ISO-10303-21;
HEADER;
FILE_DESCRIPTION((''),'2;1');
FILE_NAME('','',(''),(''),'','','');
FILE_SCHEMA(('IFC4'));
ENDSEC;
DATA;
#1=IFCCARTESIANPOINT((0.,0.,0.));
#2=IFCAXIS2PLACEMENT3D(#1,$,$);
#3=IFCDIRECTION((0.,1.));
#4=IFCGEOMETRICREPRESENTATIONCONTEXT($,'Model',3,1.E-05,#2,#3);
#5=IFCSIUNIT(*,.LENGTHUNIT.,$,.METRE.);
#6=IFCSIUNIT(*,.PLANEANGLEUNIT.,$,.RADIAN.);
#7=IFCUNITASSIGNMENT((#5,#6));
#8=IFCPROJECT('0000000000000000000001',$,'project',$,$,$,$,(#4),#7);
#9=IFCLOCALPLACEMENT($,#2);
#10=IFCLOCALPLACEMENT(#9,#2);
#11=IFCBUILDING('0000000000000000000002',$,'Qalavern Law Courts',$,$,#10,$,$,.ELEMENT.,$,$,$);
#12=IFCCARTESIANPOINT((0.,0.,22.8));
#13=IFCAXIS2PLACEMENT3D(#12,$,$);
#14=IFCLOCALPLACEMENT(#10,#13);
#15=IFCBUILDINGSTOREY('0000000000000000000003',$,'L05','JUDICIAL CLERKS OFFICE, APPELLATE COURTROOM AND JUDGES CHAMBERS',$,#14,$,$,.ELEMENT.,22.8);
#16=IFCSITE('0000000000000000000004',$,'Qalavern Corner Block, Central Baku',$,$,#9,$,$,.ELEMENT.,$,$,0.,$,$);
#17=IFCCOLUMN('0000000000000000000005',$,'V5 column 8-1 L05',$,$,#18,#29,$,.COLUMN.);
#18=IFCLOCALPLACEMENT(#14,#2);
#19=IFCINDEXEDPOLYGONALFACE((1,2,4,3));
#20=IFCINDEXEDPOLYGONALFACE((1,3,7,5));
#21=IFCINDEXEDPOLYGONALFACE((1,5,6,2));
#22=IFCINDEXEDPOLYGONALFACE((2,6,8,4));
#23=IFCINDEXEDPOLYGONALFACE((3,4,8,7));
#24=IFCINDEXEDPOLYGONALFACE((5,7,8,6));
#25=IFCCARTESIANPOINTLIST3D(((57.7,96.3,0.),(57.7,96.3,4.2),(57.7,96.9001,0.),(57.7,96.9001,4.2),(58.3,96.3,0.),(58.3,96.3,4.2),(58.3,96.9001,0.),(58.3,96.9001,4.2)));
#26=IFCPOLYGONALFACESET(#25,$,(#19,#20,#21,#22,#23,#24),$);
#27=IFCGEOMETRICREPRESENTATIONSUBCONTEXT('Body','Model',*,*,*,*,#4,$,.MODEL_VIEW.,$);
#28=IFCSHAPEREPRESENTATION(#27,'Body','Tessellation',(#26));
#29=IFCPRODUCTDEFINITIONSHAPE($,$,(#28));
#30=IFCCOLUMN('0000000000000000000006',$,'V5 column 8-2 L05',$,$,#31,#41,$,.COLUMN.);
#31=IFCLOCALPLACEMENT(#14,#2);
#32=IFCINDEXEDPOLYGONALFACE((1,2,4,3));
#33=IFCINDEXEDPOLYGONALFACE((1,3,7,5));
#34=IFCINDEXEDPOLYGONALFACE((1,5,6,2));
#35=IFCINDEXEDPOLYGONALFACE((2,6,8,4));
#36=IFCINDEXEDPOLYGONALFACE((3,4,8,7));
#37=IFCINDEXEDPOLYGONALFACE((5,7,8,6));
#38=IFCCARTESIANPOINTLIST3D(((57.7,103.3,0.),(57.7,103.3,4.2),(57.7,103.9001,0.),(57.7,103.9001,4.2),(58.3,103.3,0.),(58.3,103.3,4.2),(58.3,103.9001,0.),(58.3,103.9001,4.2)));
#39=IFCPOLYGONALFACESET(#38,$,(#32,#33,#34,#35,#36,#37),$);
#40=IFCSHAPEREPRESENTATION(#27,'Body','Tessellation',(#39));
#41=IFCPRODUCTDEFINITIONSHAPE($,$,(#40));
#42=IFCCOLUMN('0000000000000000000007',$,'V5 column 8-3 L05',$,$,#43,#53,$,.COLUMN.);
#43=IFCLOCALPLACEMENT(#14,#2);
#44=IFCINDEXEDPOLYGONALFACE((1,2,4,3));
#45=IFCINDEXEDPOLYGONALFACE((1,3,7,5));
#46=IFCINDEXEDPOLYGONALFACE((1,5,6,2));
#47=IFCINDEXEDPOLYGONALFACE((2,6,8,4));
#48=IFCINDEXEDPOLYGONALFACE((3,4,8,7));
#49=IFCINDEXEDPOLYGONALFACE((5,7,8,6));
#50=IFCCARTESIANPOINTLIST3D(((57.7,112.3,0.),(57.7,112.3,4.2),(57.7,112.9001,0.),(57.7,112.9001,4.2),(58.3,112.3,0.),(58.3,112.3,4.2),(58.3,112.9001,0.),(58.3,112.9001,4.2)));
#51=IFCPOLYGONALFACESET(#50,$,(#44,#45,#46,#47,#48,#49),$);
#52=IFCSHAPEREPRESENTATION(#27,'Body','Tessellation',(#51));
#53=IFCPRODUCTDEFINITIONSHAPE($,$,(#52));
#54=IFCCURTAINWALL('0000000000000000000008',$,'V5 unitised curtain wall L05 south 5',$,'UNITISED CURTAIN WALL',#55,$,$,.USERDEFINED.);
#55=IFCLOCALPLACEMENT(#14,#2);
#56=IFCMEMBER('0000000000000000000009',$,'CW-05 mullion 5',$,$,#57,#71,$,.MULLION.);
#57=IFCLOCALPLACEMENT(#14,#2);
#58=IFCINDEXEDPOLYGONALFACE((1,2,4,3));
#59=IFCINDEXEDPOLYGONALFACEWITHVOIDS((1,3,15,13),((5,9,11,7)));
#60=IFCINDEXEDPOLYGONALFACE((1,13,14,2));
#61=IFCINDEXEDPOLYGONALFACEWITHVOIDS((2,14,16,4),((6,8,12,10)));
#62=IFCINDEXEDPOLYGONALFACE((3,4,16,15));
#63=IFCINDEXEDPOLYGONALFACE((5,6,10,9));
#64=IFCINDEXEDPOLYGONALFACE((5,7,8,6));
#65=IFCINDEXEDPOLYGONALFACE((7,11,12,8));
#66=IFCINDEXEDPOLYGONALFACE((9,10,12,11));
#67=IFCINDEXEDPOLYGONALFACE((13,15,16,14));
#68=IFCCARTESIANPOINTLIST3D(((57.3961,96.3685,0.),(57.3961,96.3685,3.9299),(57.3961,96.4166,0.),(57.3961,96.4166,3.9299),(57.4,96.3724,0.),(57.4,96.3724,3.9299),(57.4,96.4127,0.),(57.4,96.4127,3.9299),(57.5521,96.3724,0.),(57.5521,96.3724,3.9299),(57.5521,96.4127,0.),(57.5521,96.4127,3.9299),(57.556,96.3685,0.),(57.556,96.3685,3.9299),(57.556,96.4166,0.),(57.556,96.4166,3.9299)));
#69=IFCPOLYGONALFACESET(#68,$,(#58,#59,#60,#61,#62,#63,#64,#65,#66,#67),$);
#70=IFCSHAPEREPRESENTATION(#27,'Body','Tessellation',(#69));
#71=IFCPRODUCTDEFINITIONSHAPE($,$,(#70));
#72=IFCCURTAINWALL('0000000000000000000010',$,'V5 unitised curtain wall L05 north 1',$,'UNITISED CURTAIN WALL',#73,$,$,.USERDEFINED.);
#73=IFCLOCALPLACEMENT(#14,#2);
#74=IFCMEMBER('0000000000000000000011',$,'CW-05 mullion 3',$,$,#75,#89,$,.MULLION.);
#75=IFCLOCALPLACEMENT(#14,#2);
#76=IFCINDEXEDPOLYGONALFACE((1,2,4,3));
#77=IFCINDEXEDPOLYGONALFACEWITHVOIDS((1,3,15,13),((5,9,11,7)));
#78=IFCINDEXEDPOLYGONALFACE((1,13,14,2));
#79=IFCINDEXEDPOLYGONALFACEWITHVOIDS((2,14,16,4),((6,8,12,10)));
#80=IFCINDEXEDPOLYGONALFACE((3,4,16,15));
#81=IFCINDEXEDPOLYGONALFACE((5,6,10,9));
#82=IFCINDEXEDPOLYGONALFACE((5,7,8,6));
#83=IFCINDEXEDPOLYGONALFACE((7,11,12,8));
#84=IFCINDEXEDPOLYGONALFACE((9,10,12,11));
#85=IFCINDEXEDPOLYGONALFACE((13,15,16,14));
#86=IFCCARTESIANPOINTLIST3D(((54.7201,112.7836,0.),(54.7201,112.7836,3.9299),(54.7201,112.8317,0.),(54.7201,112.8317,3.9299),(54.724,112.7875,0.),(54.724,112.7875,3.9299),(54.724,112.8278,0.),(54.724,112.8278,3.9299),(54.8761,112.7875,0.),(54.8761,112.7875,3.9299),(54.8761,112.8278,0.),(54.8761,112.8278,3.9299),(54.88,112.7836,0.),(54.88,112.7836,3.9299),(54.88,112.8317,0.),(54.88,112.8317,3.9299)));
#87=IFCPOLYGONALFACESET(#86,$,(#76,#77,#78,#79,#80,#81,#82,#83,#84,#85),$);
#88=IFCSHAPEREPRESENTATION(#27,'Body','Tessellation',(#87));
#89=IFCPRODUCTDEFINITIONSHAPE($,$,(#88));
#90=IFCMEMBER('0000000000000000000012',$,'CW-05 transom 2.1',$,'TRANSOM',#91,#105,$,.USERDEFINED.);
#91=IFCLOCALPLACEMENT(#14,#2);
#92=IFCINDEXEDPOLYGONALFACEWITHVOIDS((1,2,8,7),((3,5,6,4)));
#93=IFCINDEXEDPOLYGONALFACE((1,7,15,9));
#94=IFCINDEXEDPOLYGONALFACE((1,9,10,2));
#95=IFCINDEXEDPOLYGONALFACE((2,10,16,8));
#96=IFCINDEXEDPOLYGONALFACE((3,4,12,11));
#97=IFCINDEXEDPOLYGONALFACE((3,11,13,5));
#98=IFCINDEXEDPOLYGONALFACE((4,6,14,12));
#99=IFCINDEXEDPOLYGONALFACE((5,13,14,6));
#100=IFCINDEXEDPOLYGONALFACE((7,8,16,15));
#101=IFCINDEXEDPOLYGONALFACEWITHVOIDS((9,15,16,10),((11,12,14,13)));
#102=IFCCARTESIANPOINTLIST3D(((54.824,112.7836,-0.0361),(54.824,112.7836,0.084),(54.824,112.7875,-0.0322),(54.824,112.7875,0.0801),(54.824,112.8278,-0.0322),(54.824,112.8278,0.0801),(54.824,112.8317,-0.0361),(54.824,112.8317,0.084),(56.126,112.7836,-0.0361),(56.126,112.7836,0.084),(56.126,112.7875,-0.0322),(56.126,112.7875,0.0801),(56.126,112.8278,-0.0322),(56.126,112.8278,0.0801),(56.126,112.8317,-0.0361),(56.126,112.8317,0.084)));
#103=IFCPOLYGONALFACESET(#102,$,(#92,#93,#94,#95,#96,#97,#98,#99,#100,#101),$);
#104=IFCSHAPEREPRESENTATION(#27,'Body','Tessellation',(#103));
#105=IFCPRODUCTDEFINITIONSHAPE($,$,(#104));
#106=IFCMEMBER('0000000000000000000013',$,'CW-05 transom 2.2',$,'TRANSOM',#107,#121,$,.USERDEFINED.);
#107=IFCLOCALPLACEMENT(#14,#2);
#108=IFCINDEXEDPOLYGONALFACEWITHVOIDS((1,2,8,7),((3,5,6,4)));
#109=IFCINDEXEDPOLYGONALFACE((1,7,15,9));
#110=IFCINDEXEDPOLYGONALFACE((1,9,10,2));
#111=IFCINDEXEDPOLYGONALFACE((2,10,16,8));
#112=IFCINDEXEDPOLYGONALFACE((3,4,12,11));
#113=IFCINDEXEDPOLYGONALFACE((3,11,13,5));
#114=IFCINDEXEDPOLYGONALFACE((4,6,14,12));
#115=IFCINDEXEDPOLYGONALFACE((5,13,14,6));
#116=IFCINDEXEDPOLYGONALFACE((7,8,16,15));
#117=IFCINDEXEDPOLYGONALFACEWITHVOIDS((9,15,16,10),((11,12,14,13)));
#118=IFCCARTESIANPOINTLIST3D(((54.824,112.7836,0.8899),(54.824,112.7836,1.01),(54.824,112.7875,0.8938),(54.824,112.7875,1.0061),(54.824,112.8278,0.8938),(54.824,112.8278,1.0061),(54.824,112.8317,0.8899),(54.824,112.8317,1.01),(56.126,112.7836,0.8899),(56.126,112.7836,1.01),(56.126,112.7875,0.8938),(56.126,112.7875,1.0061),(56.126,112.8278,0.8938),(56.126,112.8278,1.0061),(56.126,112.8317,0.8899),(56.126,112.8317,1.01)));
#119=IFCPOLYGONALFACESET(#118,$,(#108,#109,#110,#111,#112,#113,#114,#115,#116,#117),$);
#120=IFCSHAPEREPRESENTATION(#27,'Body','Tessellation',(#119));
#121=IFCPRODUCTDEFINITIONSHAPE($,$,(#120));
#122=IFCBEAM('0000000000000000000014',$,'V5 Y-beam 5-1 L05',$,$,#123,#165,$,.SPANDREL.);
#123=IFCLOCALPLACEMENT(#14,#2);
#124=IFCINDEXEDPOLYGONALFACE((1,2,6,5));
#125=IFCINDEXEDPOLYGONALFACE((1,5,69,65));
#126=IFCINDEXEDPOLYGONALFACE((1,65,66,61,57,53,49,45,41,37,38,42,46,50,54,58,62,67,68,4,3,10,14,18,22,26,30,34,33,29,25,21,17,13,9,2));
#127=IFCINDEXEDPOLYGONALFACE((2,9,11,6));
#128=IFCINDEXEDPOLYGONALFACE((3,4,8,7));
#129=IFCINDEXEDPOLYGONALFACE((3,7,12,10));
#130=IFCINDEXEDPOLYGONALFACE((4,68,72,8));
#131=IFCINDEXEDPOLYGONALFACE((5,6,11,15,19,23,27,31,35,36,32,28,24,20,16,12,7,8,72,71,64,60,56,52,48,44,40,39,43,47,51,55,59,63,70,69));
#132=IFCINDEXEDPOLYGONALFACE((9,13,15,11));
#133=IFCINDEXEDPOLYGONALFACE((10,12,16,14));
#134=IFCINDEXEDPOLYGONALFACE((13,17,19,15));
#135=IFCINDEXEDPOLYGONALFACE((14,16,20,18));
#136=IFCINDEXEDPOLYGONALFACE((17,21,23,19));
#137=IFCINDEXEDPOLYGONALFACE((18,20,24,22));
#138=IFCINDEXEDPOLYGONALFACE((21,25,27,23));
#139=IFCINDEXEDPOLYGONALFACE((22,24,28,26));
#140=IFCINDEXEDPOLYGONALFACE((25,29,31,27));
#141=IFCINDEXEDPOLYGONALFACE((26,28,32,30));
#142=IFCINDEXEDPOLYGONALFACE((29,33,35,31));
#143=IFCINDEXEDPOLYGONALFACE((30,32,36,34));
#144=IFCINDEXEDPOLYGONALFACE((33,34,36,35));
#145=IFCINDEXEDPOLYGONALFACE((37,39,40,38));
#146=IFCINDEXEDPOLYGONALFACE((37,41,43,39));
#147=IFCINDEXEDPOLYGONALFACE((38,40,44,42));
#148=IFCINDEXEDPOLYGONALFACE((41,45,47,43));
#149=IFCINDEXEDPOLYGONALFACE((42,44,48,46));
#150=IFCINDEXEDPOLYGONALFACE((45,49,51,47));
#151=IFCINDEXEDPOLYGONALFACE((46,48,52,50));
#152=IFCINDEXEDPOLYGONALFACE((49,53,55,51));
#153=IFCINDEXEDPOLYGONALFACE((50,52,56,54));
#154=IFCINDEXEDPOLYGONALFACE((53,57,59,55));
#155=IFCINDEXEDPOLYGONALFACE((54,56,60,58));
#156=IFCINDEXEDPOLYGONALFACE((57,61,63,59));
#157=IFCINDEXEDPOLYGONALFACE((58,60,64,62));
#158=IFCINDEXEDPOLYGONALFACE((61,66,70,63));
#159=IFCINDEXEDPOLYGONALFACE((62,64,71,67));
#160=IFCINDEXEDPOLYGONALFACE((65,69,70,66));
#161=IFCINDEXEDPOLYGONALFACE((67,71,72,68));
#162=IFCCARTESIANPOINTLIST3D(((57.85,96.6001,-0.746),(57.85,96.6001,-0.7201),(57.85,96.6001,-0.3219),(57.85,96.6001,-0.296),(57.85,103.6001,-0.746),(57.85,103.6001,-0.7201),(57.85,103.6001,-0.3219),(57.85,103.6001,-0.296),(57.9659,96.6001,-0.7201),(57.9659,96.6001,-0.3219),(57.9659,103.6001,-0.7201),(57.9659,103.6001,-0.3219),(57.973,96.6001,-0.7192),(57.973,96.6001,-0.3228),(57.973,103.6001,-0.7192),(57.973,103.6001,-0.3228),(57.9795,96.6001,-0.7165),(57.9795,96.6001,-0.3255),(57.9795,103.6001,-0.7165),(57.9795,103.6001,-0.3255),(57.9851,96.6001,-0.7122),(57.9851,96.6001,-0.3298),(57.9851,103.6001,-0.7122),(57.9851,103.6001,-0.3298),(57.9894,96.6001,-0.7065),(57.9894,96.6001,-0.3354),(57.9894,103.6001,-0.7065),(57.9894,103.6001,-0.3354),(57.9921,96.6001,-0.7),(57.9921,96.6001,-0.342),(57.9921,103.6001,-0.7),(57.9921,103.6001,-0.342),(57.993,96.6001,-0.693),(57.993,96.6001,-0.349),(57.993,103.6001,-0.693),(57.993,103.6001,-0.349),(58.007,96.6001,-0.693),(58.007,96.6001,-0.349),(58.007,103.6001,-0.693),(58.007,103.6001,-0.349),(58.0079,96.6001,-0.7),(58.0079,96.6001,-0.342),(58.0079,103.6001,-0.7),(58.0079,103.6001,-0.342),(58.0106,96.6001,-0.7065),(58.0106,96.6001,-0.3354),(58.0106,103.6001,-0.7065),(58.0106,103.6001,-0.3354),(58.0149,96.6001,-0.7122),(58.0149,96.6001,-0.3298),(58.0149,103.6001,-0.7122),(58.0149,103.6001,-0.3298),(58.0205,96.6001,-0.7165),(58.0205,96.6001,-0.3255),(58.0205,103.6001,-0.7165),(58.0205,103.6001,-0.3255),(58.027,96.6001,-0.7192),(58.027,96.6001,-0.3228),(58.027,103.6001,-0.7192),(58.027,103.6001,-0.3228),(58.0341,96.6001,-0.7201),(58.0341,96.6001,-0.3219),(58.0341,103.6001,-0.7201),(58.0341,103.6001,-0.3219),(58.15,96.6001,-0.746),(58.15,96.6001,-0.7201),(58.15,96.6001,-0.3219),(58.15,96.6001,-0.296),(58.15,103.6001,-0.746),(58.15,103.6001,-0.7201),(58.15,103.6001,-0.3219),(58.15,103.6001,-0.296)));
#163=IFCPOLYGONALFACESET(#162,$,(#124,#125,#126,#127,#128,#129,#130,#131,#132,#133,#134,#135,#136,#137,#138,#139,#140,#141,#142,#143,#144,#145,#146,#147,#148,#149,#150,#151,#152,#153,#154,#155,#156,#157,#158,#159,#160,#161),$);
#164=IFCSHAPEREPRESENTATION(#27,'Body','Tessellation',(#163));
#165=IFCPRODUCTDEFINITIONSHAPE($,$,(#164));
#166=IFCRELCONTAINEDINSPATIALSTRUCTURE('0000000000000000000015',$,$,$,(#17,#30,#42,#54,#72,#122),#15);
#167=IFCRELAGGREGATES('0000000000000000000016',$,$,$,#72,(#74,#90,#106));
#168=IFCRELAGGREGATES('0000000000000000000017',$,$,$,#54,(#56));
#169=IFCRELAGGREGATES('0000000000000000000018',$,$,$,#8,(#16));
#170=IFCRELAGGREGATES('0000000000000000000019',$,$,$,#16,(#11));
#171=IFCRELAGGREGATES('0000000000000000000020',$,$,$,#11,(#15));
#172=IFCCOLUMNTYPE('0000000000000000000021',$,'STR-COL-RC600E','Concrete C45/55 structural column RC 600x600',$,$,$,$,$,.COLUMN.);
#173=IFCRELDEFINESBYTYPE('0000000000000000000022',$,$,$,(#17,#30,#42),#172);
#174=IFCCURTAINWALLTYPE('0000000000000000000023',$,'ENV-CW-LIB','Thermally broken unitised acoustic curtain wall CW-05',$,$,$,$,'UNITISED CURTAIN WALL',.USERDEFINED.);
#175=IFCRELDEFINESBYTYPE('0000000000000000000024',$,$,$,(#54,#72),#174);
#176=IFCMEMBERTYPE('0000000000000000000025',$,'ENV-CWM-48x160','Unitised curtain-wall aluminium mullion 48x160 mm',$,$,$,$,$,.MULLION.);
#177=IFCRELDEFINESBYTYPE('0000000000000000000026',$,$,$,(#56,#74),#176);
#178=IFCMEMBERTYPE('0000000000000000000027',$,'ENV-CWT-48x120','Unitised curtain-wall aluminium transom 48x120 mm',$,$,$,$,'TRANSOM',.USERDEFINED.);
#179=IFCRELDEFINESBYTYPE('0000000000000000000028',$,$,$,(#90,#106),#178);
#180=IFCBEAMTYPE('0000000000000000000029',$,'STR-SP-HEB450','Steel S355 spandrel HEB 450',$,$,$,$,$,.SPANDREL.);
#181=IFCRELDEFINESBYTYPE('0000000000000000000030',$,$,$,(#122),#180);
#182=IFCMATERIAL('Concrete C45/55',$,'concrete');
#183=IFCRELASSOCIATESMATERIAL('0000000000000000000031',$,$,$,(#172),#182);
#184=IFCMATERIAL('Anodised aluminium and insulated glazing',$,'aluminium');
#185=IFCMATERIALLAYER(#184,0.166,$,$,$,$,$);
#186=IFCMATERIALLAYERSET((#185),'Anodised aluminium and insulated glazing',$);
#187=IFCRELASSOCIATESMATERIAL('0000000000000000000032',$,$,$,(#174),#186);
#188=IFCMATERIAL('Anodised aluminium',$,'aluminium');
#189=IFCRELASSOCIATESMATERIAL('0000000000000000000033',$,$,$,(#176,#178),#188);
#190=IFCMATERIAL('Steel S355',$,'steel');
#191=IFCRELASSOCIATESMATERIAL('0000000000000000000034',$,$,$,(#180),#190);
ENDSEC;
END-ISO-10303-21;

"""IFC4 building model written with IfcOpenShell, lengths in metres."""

from ifc_helpers import new_model, si_unit, direction, frame, origin, origin_2d, place, context, subcontext, project, spatial, rectangle, hollow_rectangle, i_section, extrude, material, layer, layer_set, material_profile, profile_set, type_object, element, aggregate, save


model = new_model("IFC4")

# Units and contexts
model_context = context("Model", 3, precision=1e-05, world=origin(), true_north=direction((0.0, 1.0)))
body_context = subcontext(model_context, "Body", "Model", "MODEL_VIEW")
ifc_project = project(units=[si_unit("LENGTHUNIT", "METRE"), si_unit("PLANEANGLEUNIT", "RADIAN")], contexts=[model_context])

# Site, building, storey
site_placement = place(None, origin())
site = spatial("IfcSite", under=ifc_project, at=site_placement, Name="Qalavern Corner Block, Central Baku", CompositionType="ELEMENT", RefElevation=0.0)
building_placement = place(site_placement, origin())
building = spatial("IfcBuilding", under=site, at=building_placement, Name="Qalavern Law Courts", CompositionType="ELEMENT")
storey_placement = place(building_placement, frame((0.0, 0.0, 22.8)))
storey = spatial("IfcBuildingStorey", under=building, at=storey_placement, Name="L05", Description="JUDICIAL CLERKS OFFICE, APPELLATE COURTROOM AND JUDGES CHAMBERS", CompositionType="ELEMENT", Elevation=22.8)

# Columns
ifc_material_1 = material(Name="Concrete C45/55", Category="concrete")
ifc_material_profile_1 = material_profile(ifc_material_1, rectangle(XDim=0.6001, YDim=0.6001, at=origin_2d()), Name="RC 600x600")
ifc_profile_set_1 = profile_set([ifc_material_profile_1], Name="Concrete C45/55")
column_type = type_object("IfcColumnType", Name="STR-COL-RC600E", Description="Concrete C45/55 structural column RC 600x600", PredefinedType="COLUMN", material=ifc_profile_set_1)
for number, where, z_axis, x_axis, name in (
    (1, (58.0, 96.6001, 0.0), (0.0, 0.0, 1.0), (1.0, 0.0, 0.0), "V5 column 8-1 L05"),
    (2, (58.0, 103.6001, 0.0), (0.0, 0.0, 1.0), (1.0, 0.0, 0.0), "V5 column 8-2 L05"),
    (3, (58.0, 112.6001, 0.0), (0.0, 0.0, 1.0), (1.0, 0.0, 0.0), "V5 column 8-3 L05"),
):
    element("IfcColumn", number, at=place(storey_placement, frame(where, z_axis=z_axis, x_axis=x_axis)), inside=storey, type_object=column_type, Name=name, PredefinedType="COLUMN", context=body_context, shape_type="SweptSolid", body=[
        extrude(rectangle(XDim=0.6001, YDim=0.6001, at=origin_2d()), origin(), (0.0, 0.0, 1.0), 4.2),
    ])

# Curtain wall, member
ifc_material_2 = material(Name="Anodised aluminium and insulated glazing", Category="aluminium")
ifc_layer_1 = layer(ifc_material_2, 0.166)
ifc_layer_set_1 = layer_set([ifc_layer_1], Name="Anodised aluminium and insulated glazing")
curtain_wall_type = type_object("IfcCurtainWallType", Name="ENV-CW-LIB", Description="Thermally broken unitised acoustic curtain wall CW-05", ElementType="UNITISED CURTAIN WALL", PredefinedType="USERDEFINED", material=ifc_layer_set_1)
curtain_wall_1_placement = place(storey_placement, origin())
curtain_wall_1 = element("IfcCurtainWall", 4, at=curtain_wall_1_placement, inside=storey, type_object=curtain_wall_type, Name="V5 unitised curtain wall L05 south 5", ObjectType="UNITISED CURTAIN WALL", PredefinedType="USERDEFINED")
ifc_material_3 = material(Name="Anodised aluminium", Category="aluminium")
ifc_material_profile_2 = material_profile(ifc_material_3, hollow_rectangle(XDim=0.0481, YDim=0.1599, WallThickness=0.0039, at=origin_2d()), Name="ALU MULLION 48x160")
ifc_profile_set_2 = profile_set([ifc_material_profile_2], Name="Anodised aluminium")
member_type_1 = type_object("IfcMemberType", Name="ENV-CWM-48x160", Description="Unitised curtain-wall aluminium mullion 48x160 mm", PredefinedType="MULLION", material=ifc_profile_set_2)
member_1_placement = place(storey_placement, frame((57.4761, 96.3926, 0.0), z_axis=(0.0, 0.0, 1.0), x_axis=(0.0, 1.0, 0.0)))
member_1 = element("IfcMember", 5, at=member_1_placement, type_object=member_type_1, Name="CW-05 mullion 5", PredefinedType="MULLION", context=body_context, shape_type="SweptSolid", body=[
    extrude(hollow_rectangle(XDim=0.0481, YDim=0.1599, WallThickness=0.0039, at=origin_2d()), origin(), (0.0, 0.0, 1.0), 3.9299),
])

# Curtain wall, members
curtain_wall_2_placement = place(storey_placement, origin())
curtain_wall_2 = element("IfcCurtainWall", 6, at=curtain_wall_2_placement, inside=storey, type_object=curtain_wall_type, Name="V5 unitised curtain wall L05 north 1", ObjectType="UNITISED CURTAIN WALL", PredefinedType="USERDEFINED")
member_2_placement = place(storey_placement, frame((54.8, 112.8076, 0.0), z_axis=(0.0, 0.0, 1.0), x_axis=(0.0, -1.0, 0.0)))
member_2 = element("IfcMember", 7, at=member_2_placement, type_object=member_type_1, Name="CW-05 mullion 3", PredefinedType="MULLION", context=body_context, shape_type="SweptSolid", body=[
    extrude(hollow_rectangle(XDim=0.0481, YDim=0.1599, WallThickness=0.0039, at=origin_2d()), origin(), (0.0, 0.0, 1.0), 3.9299),
])
ifc_material_profile_3 = material_profile(ifc_material_3, hollow_rectangle(XDim=0.0481, YDim=0.1201, WallThickness=0.0039, at=origin_2d()), Name="ALU TRANSOM 48x120")
ifc_profile_set_3 = profile_set([ifc_material_profile_3], Name="Anodised aluminium")
member_type_2 = type_object("IfcMemberType", Name="ENV-CWT-48x120", Description="Unitised curtain-wall aluminium transom 48x120 mm", ElementType="TRANSOM", PredefinedType="USERDEFINED", material=ifc_profile_set_3)
member_3_placement = place(storey_placement, frame((56.126, 112.8076, 0.0239), z_axis=(-1.0, 0.0, 0.0), x_axis=(0.0, -1.0, 0.0)))
member_3 = element("IfcMember", 8, at=member_3_placement, type_object=member_type_2, Name="CW-05 transom 2.1", ObjectType="TRANSOM", PredefinedType="USERDEFINED", context=body_context, shape_type="SweptSolid", body=[
    extrude(hollow_rectangle(XDim=0.0481, YDim=0.1201, WallThickness=0.0039, at=origin_2d()), origin(), (0.0, 0.0, 1.0), 1.302),
])
member_4_placement = place(storey_placement, frame((56.126, 112.8076, 0.95), z_axis=(-1.0, 0.0, 0.0), x_axis=(0.0, -1.0, 0.0)))
member_4 = element("IfcMember", 9, at=member_4_placement, type_object=member_type_2, Name="CW-05 transom 2.2", ObjectType="TRANSOM", PredefinedType="USERDEFINED", context=body_context, shape_type="SweptSolid", body=[
    extrude(hollow_rectangle(XDim=0.0481, YDim=0.1201, WallThickness=0.0039, at=origin_2d()), origin(), (0.0, 0.0, 1.0), 1.302),
])

# Beam
ifc_material_4 = material(Name="Steel S355", Category="steel")
ifc_material_profile_4 = material_profile(ifc_material_4, i_section(OverallWidth=0.3, OverallDepth=0.45, WebThickness=0.0139, FlangeThickness=0.0259, FilletRadius=0.0271, at=origin_2d()), Name="HEB 450")
ifc_profile_set_4 = profile_set([ifc_material_profile_4], Name="Steel S355")
beam_type = type_object("IfcBeamType", Name="STR-SP-HEB450", Description="Steel S355 spandrel HEB 450", PredefinedType="SPANDREL", material=ifc_profile_set_4)
beam_1_placement = place(storey_placement, frame((58.0, 96.6001, -0.521), z_axis=(0.0, 1.0, 0.0), x_axis=(-1.0, 0.0, 0.0)))
element("IfcBeam", 10, at=beam_1_placement, inside=storey, type_object=beam_type, Name="V5 Y-beam 5-1 L05", PredefinedType="SPANDREL", context=body_context, shape_type="SweptSolid", body=[
    extrude(i_section(OverallWidth=0.3, OverallDepth=0.45, WebThickness=0.0139, FlangeThickness=0.0259, FilletRadius=0.0271, at=origin_2d()), origin(), (0.0, 0.0, 1.0), 7.0),
])

aggregate(curtain_wall_2, [member_2, member_3, member_4])
aggregate(curtain_wall_1, [member_1])

save(model, "model.ifc")
